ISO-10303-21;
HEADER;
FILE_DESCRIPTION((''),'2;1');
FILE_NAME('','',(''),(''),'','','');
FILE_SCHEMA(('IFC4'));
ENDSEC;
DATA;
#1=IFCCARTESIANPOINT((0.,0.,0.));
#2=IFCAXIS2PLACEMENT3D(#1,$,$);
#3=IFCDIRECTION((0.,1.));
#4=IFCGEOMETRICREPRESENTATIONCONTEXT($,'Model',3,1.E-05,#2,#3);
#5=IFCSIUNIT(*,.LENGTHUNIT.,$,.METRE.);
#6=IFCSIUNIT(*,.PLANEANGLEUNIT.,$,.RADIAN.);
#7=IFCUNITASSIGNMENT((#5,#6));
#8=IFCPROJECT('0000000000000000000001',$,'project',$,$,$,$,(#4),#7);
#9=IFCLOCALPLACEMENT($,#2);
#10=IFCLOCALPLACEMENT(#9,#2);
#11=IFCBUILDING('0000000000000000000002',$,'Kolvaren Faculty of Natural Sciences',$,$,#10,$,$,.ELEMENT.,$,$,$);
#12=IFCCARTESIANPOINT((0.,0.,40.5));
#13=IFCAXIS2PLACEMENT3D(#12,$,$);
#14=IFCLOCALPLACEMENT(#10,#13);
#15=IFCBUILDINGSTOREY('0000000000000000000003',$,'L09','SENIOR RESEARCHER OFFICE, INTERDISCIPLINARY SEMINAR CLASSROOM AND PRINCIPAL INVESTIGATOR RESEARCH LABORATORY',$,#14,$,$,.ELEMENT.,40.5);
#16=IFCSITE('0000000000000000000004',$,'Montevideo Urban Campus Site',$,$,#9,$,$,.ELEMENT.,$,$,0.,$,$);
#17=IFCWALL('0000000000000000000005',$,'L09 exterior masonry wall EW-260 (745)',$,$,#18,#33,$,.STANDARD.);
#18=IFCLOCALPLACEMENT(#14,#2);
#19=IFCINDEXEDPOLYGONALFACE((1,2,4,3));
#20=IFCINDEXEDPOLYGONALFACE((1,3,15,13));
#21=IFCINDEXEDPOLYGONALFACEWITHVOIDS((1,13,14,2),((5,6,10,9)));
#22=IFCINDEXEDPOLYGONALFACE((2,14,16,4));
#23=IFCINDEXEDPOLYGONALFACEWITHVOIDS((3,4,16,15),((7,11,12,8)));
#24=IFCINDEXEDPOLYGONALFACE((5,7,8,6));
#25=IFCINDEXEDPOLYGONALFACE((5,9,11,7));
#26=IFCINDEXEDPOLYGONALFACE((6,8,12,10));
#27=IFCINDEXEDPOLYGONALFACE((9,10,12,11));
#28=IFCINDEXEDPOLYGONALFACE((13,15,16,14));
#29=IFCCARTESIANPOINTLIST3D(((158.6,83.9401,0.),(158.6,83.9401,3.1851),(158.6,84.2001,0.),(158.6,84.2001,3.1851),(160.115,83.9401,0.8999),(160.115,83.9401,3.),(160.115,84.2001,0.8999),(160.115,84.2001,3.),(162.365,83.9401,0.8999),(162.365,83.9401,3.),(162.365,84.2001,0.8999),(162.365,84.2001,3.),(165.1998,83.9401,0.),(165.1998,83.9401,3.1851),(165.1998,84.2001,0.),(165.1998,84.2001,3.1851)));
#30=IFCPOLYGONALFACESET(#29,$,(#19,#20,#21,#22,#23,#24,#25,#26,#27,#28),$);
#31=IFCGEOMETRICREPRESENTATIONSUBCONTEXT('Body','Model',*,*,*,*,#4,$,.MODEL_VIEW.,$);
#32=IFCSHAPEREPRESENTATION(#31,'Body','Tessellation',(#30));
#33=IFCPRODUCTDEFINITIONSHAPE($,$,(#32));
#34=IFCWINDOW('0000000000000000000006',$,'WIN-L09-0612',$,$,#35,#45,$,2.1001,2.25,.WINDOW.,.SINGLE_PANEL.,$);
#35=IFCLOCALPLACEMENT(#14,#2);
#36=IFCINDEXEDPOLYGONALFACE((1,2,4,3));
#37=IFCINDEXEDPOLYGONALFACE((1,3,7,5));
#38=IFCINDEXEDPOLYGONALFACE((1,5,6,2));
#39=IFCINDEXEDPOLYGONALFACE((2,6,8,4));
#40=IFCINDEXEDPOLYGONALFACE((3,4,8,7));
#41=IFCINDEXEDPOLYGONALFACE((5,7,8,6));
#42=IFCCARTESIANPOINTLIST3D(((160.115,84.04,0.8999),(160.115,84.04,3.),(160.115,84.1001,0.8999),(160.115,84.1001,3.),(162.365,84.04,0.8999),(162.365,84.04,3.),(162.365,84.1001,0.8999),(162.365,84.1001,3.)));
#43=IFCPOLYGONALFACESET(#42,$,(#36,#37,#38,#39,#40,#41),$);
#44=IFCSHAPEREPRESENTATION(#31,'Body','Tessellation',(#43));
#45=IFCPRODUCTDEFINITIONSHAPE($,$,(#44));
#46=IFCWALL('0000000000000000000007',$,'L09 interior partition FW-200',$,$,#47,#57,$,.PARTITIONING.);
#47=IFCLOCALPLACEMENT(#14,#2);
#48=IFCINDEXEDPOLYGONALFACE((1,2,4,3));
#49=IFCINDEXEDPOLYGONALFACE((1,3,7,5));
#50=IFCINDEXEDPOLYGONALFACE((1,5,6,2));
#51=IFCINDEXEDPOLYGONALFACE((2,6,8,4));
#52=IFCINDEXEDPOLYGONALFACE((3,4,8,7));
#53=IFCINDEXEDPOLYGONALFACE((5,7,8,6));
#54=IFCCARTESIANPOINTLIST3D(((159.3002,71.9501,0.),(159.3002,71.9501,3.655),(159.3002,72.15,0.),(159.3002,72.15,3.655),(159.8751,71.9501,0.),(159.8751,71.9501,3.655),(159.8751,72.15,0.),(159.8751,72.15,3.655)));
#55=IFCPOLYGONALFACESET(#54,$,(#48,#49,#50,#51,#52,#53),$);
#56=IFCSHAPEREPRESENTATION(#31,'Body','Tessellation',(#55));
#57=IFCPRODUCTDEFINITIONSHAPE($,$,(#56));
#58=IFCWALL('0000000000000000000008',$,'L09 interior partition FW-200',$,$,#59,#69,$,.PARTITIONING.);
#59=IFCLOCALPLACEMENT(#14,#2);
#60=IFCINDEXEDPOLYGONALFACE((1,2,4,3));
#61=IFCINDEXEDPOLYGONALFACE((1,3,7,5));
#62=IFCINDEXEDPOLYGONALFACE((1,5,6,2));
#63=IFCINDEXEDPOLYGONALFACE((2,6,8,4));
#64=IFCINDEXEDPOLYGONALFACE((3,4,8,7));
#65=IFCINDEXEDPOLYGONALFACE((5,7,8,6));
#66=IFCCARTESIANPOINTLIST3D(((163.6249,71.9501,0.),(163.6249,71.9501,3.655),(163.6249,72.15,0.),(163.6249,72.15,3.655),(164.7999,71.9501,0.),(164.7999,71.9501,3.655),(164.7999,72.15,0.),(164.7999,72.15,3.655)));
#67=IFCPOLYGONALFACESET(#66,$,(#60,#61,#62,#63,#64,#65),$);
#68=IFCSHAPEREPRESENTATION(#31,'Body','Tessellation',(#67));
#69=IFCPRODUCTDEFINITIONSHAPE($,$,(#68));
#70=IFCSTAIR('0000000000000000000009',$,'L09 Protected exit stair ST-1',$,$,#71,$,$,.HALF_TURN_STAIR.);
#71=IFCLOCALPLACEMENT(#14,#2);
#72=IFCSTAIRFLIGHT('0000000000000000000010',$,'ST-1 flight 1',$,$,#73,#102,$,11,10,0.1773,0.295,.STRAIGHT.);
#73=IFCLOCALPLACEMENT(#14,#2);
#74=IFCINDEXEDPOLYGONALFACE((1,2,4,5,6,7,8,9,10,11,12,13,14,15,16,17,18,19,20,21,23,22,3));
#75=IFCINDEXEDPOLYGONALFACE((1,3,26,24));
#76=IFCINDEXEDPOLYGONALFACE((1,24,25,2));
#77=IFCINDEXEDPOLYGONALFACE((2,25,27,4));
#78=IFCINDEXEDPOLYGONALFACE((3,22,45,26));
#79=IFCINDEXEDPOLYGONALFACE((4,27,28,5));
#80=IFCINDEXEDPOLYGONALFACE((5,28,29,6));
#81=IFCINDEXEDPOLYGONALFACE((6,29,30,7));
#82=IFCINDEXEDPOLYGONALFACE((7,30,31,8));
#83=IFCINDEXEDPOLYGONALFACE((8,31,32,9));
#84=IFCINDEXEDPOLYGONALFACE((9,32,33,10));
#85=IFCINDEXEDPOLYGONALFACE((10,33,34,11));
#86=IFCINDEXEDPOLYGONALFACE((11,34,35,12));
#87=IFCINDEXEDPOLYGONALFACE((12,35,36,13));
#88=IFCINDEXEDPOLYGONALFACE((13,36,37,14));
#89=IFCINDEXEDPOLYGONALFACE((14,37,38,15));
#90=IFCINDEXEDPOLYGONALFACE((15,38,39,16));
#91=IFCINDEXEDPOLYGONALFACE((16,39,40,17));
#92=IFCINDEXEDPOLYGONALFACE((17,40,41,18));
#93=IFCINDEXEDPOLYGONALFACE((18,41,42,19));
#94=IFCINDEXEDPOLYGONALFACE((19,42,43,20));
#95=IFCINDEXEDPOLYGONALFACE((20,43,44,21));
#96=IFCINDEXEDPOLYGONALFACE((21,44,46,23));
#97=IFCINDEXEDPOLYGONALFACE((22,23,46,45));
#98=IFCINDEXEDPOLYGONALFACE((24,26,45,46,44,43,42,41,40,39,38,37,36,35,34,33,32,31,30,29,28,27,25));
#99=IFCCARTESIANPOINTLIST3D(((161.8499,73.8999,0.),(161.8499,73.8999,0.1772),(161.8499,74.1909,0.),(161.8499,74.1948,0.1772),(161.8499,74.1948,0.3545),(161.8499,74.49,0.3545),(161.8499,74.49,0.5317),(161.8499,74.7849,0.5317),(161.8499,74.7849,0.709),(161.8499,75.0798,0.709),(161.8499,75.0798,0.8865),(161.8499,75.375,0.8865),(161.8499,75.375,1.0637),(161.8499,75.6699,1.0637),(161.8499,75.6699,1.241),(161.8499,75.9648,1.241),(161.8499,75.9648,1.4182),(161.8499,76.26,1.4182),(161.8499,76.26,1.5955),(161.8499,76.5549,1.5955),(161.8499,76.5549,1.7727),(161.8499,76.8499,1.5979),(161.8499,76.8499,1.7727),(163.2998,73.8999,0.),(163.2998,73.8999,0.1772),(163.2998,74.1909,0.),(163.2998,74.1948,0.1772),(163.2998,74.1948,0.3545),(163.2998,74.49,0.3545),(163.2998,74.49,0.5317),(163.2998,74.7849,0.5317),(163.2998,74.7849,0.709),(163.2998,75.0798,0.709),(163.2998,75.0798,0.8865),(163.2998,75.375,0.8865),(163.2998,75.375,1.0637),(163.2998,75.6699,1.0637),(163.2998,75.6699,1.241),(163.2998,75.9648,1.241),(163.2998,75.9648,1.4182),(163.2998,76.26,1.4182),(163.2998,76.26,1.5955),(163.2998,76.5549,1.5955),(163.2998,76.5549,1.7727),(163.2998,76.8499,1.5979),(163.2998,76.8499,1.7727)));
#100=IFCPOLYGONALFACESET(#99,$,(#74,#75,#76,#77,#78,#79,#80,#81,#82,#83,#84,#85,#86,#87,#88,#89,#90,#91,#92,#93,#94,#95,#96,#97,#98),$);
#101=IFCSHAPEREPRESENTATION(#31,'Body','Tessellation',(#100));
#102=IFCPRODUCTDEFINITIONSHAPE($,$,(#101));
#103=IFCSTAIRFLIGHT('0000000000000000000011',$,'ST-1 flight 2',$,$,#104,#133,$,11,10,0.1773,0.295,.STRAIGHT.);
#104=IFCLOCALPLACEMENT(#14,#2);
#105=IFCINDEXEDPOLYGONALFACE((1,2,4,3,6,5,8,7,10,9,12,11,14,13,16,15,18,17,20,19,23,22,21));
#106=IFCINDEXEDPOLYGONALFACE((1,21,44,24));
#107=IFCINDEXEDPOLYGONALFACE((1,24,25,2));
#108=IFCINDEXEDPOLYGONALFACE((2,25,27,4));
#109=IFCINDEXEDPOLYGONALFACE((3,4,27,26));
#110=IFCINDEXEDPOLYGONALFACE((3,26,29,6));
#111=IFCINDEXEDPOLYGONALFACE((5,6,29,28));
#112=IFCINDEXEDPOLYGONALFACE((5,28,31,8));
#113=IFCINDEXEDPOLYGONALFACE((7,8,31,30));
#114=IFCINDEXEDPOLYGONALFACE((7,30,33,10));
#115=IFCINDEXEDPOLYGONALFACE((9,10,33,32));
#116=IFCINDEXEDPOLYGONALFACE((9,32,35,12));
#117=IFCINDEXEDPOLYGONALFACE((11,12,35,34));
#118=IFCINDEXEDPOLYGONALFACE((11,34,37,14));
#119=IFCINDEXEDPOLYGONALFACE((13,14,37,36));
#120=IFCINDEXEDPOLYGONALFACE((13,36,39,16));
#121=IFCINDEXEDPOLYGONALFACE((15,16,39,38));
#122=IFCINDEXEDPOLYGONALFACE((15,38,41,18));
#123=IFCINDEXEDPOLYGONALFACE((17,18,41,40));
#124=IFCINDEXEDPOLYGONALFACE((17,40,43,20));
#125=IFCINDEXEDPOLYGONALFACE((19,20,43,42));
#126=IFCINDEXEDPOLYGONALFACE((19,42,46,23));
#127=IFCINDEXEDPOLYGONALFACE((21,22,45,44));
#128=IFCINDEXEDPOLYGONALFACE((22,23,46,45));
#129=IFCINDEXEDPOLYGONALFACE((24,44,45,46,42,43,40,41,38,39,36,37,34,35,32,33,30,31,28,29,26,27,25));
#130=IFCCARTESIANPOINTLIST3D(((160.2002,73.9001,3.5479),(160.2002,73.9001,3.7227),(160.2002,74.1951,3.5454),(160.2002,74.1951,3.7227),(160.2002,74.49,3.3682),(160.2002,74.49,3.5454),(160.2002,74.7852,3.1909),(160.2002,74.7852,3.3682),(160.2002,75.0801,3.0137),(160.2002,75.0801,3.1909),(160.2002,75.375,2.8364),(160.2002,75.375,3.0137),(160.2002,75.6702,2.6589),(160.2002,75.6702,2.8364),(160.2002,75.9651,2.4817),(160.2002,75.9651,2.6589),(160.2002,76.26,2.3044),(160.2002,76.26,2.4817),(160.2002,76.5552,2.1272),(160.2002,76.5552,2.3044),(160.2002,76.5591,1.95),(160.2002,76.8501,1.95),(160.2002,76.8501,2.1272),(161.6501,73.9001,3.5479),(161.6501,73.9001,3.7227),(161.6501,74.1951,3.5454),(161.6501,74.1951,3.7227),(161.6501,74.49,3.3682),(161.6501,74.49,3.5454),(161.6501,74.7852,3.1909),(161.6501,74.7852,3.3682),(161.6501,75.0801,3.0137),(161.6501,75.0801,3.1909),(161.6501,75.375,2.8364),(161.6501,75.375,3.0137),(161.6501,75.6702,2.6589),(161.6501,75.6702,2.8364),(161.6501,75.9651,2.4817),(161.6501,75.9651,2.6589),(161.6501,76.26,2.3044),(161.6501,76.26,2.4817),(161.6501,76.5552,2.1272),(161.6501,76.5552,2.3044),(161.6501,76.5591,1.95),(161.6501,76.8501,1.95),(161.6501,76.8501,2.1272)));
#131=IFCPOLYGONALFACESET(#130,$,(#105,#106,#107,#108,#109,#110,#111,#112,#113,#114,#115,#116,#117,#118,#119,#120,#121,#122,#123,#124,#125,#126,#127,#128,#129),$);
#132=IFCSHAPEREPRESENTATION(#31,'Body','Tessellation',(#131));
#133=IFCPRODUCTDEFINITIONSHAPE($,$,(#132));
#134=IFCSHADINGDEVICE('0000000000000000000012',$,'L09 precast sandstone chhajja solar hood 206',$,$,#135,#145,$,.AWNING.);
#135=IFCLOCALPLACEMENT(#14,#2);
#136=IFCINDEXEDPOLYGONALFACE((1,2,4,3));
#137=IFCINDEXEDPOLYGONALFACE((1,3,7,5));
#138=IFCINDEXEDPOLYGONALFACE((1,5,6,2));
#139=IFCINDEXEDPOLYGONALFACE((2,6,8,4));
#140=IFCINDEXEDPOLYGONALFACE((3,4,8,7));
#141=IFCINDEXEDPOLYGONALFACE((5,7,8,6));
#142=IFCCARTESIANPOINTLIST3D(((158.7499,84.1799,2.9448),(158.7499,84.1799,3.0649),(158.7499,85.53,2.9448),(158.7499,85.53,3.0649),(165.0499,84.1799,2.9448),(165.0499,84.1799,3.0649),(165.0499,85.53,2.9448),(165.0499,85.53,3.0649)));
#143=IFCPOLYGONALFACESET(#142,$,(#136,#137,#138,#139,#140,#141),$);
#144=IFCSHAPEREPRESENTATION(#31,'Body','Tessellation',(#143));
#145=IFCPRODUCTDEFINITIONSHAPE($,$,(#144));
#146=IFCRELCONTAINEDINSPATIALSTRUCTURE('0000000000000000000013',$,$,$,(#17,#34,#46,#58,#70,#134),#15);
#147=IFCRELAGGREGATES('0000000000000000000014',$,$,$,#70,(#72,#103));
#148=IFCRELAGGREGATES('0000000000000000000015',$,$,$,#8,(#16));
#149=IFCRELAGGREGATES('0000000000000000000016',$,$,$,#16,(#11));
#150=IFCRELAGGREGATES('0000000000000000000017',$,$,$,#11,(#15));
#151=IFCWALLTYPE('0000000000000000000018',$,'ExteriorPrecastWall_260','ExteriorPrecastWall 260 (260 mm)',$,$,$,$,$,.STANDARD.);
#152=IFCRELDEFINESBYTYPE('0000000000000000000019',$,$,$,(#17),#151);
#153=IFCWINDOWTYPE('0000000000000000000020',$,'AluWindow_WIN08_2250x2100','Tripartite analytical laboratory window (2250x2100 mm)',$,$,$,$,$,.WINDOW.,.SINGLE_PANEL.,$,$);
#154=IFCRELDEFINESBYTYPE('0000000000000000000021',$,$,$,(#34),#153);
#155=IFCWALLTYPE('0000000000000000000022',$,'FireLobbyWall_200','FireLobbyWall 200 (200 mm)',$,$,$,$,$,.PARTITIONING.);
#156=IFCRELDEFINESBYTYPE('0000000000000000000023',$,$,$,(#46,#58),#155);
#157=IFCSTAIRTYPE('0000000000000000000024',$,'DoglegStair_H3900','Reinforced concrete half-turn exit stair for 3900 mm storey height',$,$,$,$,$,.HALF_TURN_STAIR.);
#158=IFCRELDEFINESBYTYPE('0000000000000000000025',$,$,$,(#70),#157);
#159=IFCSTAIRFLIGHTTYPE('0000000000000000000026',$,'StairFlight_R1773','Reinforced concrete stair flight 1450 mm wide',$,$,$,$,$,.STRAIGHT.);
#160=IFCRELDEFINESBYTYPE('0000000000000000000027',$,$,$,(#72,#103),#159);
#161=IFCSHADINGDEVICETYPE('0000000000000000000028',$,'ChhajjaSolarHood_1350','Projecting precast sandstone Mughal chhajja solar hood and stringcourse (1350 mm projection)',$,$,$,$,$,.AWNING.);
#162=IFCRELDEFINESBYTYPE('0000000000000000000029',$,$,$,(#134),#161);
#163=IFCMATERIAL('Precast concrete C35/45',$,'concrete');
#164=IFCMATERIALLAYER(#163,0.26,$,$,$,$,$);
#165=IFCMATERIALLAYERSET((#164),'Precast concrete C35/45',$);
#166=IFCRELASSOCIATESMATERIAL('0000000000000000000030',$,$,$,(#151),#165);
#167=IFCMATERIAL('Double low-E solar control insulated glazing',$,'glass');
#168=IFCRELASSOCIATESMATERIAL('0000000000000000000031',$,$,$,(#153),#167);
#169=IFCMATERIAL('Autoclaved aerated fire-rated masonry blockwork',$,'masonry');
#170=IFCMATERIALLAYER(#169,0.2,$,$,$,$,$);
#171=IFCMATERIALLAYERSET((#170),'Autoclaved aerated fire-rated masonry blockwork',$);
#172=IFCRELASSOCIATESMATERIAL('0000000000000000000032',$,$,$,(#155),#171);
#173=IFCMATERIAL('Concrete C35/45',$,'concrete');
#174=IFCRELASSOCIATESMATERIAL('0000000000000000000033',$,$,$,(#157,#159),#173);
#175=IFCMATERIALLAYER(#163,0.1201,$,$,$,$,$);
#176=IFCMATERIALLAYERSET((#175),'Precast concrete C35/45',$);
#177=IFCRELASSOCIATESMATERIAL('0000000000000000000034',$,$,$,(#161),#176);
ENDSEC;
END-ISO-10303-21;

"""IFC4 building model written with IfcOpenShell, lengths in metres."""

from ifc_helpers import new_model, si_unit, direction, frame, frame_2d, origin, origin_2d, place, context, subcontext, project, spatial, polyline, rectangle, outline, extrude, material, layer, layer_set, type_object, element, fill, aggregate, save


model = new_model("IFC4")

# Units and contexts
model_context = context("Model", 3, precision=1e-05, world=origin(), true_north=direction((0.0, 1.0)))
body_context = subcontext(model_context, "Body", "Model", "MODEL_VIEW")
ifc_project = project(units=[si_unit("LENGTHUNIT", "METRE"), si_unit("PLANEANGLEUNIT", "RADIAN")], contexts=[model_context])

# Site, building, storey
site_placement = place(None, origin())
site = spatial("IfcSite", under=ifc_project, at=site_placement, Name="Montevideo Urban Campus Site", CompositionType="ELEMENT", RefElevation=0.0)
building_placement = place(site_placement, origin())
building = spatial("IfcBuilding", under=site, at=building_placement, Name="Kolvaren Faculty of Natural Sciences", CompositionType="ELEMENT")
storey_placement = place(building_placement, frame((0.0, 0.0, 40.5)))
storey = spatial("IfcBuildingStorey", under=building, at=storey_placement, Name="L09", Description="SENIOR RESEARCHER OFFICE, INTERDISCIPLINARY SEMINAR CLASSROOM AND PRINCIPAL INVESTIGATOR RESEARCH LABORATORY", CompositionType="ELEMENT", Elevation=40.5)

# Shared definitions
ifc_material_1 = material(Name="Concrete C35/45", Category="concrete")

# Wall, opening, window
ifc_material_2 = material(Name="Precast concrete C35/45", Category="concrete")
ifc_layer_1 = layer(ifc_material_2, 0.26)
ifc_layer_set_1 = layer_set([ifc_layer_1], Name="Precast concrete C35/45")
wall_type_1 = type_object("IfcWallType", Name="ExteriorPrecastWall_260", Description="ExteriorPrecastWall 260 (260 mm)", PredefinedType="STANDARD", material=ifc_layer_set_1)
wall_1_placement = place(storey_placement, frame((158.6001, 84.0701, 0.0), z_axis=(0.0, 0.0, 1.0), x_axis=(1.0, 0.0, 0.0)))
wall_1 = element("IfcWall", 1, at=wall_1_placement, inside=storey, type_object=wall_type_1, Name="L09 exterior masonry wall EW-260 (745)", PredefinedType="STANDARD", context=body_context, shape_type="SweptSolid", body=[
    extrude(rectangle(XDim=6.5999, YDim=0.26, at=frame_2d((3.2998, 0.0))), origin(), (0.0, 0.0, 1.0), 3.1851),
])
opening_1_placement = place(wall_1_placement, frame((1.5149, 0.0, 0.8999)))
opening_1 = element("IfcOpeningElement", 2, at=opening_1_placement, cuts=wall_1, PredefinedType="OPENING", context=body_context, shape_type="SweptSolid", body=[
    extrude(rectangle(XDim=2.25, YDim=2.1001, at=frame_2d((1.125, 1.05))), frame((0.0, 0.1399, 0.0), z_axis=(0.0, -1.0, 0.0), x_axis=(1.0, 0.0, 0.0)), (0.0, 0.0, 1.0), 0.28),
])
ifc_material_3 = material(Name="Double low-E solar control insulated glazing", Category="glass")
window_type = type_object("IfcWindowType", Name="AluWindow_WIN08_2250x2100", Description="Tripartite analytical laboratory window (2250x2100 mm)", PartitioningType="SINGLE_PANEL", PredefinedType="WINDOW", material=ifc_material_3)
window_placement = place(opening_1_placement, origin())
window = element("IfcWindow", 3, at=window_placement, inside=storey, type_object=window_type, Name="WIN-L09-0612", OverallHeight=2.1001, OverallWidth=2.25, PartitioningType="SINGLE_PANEL", PredefinedType="WINDOW", context=body_context, shape_type="SweptSolid", body=[
    extrude(rectangle(XDim=2.25, YDim=2.1001, at=frame_2d((1.125, 1.05))), frame((0.0, 0.03, 0.0), z_axis=(0.0, -1.0, 0.0), x_axis=(1.0, 0.0, 0.0)), (0.0, 0.0, 1.0), 0.0601),
])
fill(opening_1, window)

# Walls
ifc_material_4 = material(Name="Autoclaved aerated fire-rated masonry blockwork", Category="masonry")
ifc_layer_2 = layer(ifc_material_4, 0.2)
ifc_layer_set_2 = layer_set([ifc_layer_2], Name="Autoclaved aerated fire-rated masonry blockwork")
wall_type_2 = type_object("IfcWallType", Name="FireLobbyWall_200", Description="FireLobbyWall 200 (200 mm)", PredefinedType="PARTITIONING", material=ifc_layer_set_2)
wall_2_placement = place(storey_placement, frame((159.3, 72.05, 0.0), z_axis=(0.0, 0.0, 1.0), x_axis=(1.0, 0.0, 0.0)))
element("IfcWall", 4, at=wall_2_placement, inside=storey, type_object=wall_type_2, Name="L09 interior partition FW-200", PredefinedType="PARTITIONING", context=body_context, shape_type="SweptSolid", body=[
    extrude(rectangle(XDim=0.575, YDim=0.2, at=frame_2d((0.2876, 0.0))), origin(), (0.0, 0.0, 1.0), 3.655),
])
wall_3_placement = place(storey_placement, frame((163.625, 72.05, 0.0), z_axis=(0.0, 0.0, 1.0), x_axis=(1.0, 0.0, 0.0)))
element("IfcWall", 5, at=wall_3_placement, inside=storey, type_object=wall_type_2, Name="L09 interior partition FW-200", PredefinedType="PARTITIONING", context=body_context, shape_type="SweptSolid", body=[
    extrude(rectangle(XDim=1.175, YDim=0.2, at=frame_2d((0.5874, 0.0))), origin(), (0.0, 0.0, 1.0), 3.655),
])

# Stair, stair flights
stair_type = type_object("IfcStairType", Name="DoglegStair_H3900", Description="Reinforced concrete half-turn exit stair for 3900 mm storey height", PredefinedType="HALF_TURN_STAIR", material=ifc_material_1)
stair_placement = place(storey_placement, origin())
stair = element("IfcStair", 6, at=stair_placement, inside=storey, type_object=stair_type, Name="L09 Protected exit stair ST-1", PredefinedType="HALF_TURN_STAIR")
stair_flight_type = type_object("IfcStairFlightType", Name="StairFlight_R1773", Description="Reinforced concrete stair flight 1450 mm wide", PredefinedType="STRAIGHT", material=ifc_material_1)
stair_flight_1_placement = place(storey_placement, frame((162.575, 73.8999, 0.0), z_axis=(0.0, 0.0, 1.0), x_axis=(0.0, 1.0, 0.0)))
stair_flight_1 = element("IfcStairFlight", 7, at=stair_flight_1_placement, type_object=stair_flight_type, Name="ST-1 flight 1", NumberOfRisers=11, NumberOfTreads=10, PredefinedType="STRAIGHT", RiserHeight=0.1773, TreadLength=0.295, context=body_context, shape_type="SweptSolid", body=[
    extrude(outline(polyline([(0.0, 0.0), (0.0, 0.1772), (0.2949, 0.1772), (0.2949, 0.3545), (0.5901, 0.3545), (0.5901, 0.5317), (0.885, 0.5317), (0.885, 0.709), (1.1799, 0.709), (1.1799, 0.8865), (1.4751, 0.8865), (1.4751, 1.0637), (1.77, 1.0637), (1.77, 1.241), (2.0649, 1.241), (2.0649, 1.4182), (2.3601, 1.4182), (2.3601, 1.5955), (2.655, 1.5955), (2.655, 1.7727), (2.95, 1.7727), (2.95, 1.95), (2.95, 1.5979), (0.291, 0.0), (0.0, 0.0)])), frame((0.0, 0.7251, 0.0), z_axis=(0.0, -1.0, 0.0), x_axis=(1.0, 0.0, 0.0)), (0.0, 0.0, 1.0), 1.45),
])
stair_flight_2_placement = place(storey_placement, frame((160.925, 76.8501, 1.95), z_axis=(0.0, 0.0, 1.0), x_axis=(0.0, -1.0, 0.0)))
stair_flight_2 = element("IfcStairFlight", 8, at=stair_flight_2_placement, type_object=stair_flight_type, Name="ST-1 flight 2", NumberOfRisers=11, NumberOfTreads=10, PredefinedType="STRAIGHT", RiserHeight=0.1773, TreadLength=0.295, context=body_context, shape_type="SweptSolid", body=[
    extrude(outline(polyline([(0.0, 0.0), (0.0, 0.1772), (0.2949, 0.1772), (0.2949, 0.3545), (0.5901, 0.3545), (0.5901, 0.5317), (0.885, 0.5317), (0.885, 0.709), (1.1799, 0.709), (1.1799, 0.8865), (1.4751, 0.8865), (1.4751, 1.0637), (1.77, 1.0637), (1.77, 1.241), (2.0649, 1.241), (2.0649, 1.4182), (2.3601, 1.4182), (2.3601, 1.5955), (2.655, 1.5955), (2.655, 1.7727), (2.95, 1.7727), (2.95, 1.95), (2.95, 1.5979), (0.291, 0.0), (0.0, 0.0)])), frame((0.0, 0.7251, 0.0), z_axis=(0.0, -1.0, 0.0), x_axis=(1.0, 0.0, 0.0)), (0.0, 0.0, 1.0), 1.45),
])
aggregate(stair, [stair_flight_1, stair_flight_2])

# Shading device
ifc_layer_3 = layer(ifc_material_2, 0.1201)
ifc_layer_set_3 = layer_set([ifc_layer_3], Name="Precast concrete C35/45")
shading_device_type = type_object("IfcShadingDeviceType", Name="ChhajjaSolarHood_1350", Description="Projecting precast sandstone Mughal chhajja solar hood and stringcourse (1350 mm projection)", PredefinedType="AWNING", material=ifc_layer_set_3)
shading_device_placement = place(storey_placement, frame((161.8999, 84.855, 2.9448), z_axis=(0.0, 0.0, 1.0), x_axis=(1.0, 0.0, 0.0)))
element("IfcShadingDevice", 9, at=shading_device_placement, inside=storey, type_object=shading_device_type, Name="L09 precast sandstone chhajja solar hood 206", PredefinedType="AWNING", context=body_context, shape_type="SweptSolid", body=[
    extrude(rectangle(XDim=6.3, YDim=1.3501, at=origin_2d()), origin(), (0.0, 0.0, 1.0), 0.1201),
])

save(model, "model.ifc")
